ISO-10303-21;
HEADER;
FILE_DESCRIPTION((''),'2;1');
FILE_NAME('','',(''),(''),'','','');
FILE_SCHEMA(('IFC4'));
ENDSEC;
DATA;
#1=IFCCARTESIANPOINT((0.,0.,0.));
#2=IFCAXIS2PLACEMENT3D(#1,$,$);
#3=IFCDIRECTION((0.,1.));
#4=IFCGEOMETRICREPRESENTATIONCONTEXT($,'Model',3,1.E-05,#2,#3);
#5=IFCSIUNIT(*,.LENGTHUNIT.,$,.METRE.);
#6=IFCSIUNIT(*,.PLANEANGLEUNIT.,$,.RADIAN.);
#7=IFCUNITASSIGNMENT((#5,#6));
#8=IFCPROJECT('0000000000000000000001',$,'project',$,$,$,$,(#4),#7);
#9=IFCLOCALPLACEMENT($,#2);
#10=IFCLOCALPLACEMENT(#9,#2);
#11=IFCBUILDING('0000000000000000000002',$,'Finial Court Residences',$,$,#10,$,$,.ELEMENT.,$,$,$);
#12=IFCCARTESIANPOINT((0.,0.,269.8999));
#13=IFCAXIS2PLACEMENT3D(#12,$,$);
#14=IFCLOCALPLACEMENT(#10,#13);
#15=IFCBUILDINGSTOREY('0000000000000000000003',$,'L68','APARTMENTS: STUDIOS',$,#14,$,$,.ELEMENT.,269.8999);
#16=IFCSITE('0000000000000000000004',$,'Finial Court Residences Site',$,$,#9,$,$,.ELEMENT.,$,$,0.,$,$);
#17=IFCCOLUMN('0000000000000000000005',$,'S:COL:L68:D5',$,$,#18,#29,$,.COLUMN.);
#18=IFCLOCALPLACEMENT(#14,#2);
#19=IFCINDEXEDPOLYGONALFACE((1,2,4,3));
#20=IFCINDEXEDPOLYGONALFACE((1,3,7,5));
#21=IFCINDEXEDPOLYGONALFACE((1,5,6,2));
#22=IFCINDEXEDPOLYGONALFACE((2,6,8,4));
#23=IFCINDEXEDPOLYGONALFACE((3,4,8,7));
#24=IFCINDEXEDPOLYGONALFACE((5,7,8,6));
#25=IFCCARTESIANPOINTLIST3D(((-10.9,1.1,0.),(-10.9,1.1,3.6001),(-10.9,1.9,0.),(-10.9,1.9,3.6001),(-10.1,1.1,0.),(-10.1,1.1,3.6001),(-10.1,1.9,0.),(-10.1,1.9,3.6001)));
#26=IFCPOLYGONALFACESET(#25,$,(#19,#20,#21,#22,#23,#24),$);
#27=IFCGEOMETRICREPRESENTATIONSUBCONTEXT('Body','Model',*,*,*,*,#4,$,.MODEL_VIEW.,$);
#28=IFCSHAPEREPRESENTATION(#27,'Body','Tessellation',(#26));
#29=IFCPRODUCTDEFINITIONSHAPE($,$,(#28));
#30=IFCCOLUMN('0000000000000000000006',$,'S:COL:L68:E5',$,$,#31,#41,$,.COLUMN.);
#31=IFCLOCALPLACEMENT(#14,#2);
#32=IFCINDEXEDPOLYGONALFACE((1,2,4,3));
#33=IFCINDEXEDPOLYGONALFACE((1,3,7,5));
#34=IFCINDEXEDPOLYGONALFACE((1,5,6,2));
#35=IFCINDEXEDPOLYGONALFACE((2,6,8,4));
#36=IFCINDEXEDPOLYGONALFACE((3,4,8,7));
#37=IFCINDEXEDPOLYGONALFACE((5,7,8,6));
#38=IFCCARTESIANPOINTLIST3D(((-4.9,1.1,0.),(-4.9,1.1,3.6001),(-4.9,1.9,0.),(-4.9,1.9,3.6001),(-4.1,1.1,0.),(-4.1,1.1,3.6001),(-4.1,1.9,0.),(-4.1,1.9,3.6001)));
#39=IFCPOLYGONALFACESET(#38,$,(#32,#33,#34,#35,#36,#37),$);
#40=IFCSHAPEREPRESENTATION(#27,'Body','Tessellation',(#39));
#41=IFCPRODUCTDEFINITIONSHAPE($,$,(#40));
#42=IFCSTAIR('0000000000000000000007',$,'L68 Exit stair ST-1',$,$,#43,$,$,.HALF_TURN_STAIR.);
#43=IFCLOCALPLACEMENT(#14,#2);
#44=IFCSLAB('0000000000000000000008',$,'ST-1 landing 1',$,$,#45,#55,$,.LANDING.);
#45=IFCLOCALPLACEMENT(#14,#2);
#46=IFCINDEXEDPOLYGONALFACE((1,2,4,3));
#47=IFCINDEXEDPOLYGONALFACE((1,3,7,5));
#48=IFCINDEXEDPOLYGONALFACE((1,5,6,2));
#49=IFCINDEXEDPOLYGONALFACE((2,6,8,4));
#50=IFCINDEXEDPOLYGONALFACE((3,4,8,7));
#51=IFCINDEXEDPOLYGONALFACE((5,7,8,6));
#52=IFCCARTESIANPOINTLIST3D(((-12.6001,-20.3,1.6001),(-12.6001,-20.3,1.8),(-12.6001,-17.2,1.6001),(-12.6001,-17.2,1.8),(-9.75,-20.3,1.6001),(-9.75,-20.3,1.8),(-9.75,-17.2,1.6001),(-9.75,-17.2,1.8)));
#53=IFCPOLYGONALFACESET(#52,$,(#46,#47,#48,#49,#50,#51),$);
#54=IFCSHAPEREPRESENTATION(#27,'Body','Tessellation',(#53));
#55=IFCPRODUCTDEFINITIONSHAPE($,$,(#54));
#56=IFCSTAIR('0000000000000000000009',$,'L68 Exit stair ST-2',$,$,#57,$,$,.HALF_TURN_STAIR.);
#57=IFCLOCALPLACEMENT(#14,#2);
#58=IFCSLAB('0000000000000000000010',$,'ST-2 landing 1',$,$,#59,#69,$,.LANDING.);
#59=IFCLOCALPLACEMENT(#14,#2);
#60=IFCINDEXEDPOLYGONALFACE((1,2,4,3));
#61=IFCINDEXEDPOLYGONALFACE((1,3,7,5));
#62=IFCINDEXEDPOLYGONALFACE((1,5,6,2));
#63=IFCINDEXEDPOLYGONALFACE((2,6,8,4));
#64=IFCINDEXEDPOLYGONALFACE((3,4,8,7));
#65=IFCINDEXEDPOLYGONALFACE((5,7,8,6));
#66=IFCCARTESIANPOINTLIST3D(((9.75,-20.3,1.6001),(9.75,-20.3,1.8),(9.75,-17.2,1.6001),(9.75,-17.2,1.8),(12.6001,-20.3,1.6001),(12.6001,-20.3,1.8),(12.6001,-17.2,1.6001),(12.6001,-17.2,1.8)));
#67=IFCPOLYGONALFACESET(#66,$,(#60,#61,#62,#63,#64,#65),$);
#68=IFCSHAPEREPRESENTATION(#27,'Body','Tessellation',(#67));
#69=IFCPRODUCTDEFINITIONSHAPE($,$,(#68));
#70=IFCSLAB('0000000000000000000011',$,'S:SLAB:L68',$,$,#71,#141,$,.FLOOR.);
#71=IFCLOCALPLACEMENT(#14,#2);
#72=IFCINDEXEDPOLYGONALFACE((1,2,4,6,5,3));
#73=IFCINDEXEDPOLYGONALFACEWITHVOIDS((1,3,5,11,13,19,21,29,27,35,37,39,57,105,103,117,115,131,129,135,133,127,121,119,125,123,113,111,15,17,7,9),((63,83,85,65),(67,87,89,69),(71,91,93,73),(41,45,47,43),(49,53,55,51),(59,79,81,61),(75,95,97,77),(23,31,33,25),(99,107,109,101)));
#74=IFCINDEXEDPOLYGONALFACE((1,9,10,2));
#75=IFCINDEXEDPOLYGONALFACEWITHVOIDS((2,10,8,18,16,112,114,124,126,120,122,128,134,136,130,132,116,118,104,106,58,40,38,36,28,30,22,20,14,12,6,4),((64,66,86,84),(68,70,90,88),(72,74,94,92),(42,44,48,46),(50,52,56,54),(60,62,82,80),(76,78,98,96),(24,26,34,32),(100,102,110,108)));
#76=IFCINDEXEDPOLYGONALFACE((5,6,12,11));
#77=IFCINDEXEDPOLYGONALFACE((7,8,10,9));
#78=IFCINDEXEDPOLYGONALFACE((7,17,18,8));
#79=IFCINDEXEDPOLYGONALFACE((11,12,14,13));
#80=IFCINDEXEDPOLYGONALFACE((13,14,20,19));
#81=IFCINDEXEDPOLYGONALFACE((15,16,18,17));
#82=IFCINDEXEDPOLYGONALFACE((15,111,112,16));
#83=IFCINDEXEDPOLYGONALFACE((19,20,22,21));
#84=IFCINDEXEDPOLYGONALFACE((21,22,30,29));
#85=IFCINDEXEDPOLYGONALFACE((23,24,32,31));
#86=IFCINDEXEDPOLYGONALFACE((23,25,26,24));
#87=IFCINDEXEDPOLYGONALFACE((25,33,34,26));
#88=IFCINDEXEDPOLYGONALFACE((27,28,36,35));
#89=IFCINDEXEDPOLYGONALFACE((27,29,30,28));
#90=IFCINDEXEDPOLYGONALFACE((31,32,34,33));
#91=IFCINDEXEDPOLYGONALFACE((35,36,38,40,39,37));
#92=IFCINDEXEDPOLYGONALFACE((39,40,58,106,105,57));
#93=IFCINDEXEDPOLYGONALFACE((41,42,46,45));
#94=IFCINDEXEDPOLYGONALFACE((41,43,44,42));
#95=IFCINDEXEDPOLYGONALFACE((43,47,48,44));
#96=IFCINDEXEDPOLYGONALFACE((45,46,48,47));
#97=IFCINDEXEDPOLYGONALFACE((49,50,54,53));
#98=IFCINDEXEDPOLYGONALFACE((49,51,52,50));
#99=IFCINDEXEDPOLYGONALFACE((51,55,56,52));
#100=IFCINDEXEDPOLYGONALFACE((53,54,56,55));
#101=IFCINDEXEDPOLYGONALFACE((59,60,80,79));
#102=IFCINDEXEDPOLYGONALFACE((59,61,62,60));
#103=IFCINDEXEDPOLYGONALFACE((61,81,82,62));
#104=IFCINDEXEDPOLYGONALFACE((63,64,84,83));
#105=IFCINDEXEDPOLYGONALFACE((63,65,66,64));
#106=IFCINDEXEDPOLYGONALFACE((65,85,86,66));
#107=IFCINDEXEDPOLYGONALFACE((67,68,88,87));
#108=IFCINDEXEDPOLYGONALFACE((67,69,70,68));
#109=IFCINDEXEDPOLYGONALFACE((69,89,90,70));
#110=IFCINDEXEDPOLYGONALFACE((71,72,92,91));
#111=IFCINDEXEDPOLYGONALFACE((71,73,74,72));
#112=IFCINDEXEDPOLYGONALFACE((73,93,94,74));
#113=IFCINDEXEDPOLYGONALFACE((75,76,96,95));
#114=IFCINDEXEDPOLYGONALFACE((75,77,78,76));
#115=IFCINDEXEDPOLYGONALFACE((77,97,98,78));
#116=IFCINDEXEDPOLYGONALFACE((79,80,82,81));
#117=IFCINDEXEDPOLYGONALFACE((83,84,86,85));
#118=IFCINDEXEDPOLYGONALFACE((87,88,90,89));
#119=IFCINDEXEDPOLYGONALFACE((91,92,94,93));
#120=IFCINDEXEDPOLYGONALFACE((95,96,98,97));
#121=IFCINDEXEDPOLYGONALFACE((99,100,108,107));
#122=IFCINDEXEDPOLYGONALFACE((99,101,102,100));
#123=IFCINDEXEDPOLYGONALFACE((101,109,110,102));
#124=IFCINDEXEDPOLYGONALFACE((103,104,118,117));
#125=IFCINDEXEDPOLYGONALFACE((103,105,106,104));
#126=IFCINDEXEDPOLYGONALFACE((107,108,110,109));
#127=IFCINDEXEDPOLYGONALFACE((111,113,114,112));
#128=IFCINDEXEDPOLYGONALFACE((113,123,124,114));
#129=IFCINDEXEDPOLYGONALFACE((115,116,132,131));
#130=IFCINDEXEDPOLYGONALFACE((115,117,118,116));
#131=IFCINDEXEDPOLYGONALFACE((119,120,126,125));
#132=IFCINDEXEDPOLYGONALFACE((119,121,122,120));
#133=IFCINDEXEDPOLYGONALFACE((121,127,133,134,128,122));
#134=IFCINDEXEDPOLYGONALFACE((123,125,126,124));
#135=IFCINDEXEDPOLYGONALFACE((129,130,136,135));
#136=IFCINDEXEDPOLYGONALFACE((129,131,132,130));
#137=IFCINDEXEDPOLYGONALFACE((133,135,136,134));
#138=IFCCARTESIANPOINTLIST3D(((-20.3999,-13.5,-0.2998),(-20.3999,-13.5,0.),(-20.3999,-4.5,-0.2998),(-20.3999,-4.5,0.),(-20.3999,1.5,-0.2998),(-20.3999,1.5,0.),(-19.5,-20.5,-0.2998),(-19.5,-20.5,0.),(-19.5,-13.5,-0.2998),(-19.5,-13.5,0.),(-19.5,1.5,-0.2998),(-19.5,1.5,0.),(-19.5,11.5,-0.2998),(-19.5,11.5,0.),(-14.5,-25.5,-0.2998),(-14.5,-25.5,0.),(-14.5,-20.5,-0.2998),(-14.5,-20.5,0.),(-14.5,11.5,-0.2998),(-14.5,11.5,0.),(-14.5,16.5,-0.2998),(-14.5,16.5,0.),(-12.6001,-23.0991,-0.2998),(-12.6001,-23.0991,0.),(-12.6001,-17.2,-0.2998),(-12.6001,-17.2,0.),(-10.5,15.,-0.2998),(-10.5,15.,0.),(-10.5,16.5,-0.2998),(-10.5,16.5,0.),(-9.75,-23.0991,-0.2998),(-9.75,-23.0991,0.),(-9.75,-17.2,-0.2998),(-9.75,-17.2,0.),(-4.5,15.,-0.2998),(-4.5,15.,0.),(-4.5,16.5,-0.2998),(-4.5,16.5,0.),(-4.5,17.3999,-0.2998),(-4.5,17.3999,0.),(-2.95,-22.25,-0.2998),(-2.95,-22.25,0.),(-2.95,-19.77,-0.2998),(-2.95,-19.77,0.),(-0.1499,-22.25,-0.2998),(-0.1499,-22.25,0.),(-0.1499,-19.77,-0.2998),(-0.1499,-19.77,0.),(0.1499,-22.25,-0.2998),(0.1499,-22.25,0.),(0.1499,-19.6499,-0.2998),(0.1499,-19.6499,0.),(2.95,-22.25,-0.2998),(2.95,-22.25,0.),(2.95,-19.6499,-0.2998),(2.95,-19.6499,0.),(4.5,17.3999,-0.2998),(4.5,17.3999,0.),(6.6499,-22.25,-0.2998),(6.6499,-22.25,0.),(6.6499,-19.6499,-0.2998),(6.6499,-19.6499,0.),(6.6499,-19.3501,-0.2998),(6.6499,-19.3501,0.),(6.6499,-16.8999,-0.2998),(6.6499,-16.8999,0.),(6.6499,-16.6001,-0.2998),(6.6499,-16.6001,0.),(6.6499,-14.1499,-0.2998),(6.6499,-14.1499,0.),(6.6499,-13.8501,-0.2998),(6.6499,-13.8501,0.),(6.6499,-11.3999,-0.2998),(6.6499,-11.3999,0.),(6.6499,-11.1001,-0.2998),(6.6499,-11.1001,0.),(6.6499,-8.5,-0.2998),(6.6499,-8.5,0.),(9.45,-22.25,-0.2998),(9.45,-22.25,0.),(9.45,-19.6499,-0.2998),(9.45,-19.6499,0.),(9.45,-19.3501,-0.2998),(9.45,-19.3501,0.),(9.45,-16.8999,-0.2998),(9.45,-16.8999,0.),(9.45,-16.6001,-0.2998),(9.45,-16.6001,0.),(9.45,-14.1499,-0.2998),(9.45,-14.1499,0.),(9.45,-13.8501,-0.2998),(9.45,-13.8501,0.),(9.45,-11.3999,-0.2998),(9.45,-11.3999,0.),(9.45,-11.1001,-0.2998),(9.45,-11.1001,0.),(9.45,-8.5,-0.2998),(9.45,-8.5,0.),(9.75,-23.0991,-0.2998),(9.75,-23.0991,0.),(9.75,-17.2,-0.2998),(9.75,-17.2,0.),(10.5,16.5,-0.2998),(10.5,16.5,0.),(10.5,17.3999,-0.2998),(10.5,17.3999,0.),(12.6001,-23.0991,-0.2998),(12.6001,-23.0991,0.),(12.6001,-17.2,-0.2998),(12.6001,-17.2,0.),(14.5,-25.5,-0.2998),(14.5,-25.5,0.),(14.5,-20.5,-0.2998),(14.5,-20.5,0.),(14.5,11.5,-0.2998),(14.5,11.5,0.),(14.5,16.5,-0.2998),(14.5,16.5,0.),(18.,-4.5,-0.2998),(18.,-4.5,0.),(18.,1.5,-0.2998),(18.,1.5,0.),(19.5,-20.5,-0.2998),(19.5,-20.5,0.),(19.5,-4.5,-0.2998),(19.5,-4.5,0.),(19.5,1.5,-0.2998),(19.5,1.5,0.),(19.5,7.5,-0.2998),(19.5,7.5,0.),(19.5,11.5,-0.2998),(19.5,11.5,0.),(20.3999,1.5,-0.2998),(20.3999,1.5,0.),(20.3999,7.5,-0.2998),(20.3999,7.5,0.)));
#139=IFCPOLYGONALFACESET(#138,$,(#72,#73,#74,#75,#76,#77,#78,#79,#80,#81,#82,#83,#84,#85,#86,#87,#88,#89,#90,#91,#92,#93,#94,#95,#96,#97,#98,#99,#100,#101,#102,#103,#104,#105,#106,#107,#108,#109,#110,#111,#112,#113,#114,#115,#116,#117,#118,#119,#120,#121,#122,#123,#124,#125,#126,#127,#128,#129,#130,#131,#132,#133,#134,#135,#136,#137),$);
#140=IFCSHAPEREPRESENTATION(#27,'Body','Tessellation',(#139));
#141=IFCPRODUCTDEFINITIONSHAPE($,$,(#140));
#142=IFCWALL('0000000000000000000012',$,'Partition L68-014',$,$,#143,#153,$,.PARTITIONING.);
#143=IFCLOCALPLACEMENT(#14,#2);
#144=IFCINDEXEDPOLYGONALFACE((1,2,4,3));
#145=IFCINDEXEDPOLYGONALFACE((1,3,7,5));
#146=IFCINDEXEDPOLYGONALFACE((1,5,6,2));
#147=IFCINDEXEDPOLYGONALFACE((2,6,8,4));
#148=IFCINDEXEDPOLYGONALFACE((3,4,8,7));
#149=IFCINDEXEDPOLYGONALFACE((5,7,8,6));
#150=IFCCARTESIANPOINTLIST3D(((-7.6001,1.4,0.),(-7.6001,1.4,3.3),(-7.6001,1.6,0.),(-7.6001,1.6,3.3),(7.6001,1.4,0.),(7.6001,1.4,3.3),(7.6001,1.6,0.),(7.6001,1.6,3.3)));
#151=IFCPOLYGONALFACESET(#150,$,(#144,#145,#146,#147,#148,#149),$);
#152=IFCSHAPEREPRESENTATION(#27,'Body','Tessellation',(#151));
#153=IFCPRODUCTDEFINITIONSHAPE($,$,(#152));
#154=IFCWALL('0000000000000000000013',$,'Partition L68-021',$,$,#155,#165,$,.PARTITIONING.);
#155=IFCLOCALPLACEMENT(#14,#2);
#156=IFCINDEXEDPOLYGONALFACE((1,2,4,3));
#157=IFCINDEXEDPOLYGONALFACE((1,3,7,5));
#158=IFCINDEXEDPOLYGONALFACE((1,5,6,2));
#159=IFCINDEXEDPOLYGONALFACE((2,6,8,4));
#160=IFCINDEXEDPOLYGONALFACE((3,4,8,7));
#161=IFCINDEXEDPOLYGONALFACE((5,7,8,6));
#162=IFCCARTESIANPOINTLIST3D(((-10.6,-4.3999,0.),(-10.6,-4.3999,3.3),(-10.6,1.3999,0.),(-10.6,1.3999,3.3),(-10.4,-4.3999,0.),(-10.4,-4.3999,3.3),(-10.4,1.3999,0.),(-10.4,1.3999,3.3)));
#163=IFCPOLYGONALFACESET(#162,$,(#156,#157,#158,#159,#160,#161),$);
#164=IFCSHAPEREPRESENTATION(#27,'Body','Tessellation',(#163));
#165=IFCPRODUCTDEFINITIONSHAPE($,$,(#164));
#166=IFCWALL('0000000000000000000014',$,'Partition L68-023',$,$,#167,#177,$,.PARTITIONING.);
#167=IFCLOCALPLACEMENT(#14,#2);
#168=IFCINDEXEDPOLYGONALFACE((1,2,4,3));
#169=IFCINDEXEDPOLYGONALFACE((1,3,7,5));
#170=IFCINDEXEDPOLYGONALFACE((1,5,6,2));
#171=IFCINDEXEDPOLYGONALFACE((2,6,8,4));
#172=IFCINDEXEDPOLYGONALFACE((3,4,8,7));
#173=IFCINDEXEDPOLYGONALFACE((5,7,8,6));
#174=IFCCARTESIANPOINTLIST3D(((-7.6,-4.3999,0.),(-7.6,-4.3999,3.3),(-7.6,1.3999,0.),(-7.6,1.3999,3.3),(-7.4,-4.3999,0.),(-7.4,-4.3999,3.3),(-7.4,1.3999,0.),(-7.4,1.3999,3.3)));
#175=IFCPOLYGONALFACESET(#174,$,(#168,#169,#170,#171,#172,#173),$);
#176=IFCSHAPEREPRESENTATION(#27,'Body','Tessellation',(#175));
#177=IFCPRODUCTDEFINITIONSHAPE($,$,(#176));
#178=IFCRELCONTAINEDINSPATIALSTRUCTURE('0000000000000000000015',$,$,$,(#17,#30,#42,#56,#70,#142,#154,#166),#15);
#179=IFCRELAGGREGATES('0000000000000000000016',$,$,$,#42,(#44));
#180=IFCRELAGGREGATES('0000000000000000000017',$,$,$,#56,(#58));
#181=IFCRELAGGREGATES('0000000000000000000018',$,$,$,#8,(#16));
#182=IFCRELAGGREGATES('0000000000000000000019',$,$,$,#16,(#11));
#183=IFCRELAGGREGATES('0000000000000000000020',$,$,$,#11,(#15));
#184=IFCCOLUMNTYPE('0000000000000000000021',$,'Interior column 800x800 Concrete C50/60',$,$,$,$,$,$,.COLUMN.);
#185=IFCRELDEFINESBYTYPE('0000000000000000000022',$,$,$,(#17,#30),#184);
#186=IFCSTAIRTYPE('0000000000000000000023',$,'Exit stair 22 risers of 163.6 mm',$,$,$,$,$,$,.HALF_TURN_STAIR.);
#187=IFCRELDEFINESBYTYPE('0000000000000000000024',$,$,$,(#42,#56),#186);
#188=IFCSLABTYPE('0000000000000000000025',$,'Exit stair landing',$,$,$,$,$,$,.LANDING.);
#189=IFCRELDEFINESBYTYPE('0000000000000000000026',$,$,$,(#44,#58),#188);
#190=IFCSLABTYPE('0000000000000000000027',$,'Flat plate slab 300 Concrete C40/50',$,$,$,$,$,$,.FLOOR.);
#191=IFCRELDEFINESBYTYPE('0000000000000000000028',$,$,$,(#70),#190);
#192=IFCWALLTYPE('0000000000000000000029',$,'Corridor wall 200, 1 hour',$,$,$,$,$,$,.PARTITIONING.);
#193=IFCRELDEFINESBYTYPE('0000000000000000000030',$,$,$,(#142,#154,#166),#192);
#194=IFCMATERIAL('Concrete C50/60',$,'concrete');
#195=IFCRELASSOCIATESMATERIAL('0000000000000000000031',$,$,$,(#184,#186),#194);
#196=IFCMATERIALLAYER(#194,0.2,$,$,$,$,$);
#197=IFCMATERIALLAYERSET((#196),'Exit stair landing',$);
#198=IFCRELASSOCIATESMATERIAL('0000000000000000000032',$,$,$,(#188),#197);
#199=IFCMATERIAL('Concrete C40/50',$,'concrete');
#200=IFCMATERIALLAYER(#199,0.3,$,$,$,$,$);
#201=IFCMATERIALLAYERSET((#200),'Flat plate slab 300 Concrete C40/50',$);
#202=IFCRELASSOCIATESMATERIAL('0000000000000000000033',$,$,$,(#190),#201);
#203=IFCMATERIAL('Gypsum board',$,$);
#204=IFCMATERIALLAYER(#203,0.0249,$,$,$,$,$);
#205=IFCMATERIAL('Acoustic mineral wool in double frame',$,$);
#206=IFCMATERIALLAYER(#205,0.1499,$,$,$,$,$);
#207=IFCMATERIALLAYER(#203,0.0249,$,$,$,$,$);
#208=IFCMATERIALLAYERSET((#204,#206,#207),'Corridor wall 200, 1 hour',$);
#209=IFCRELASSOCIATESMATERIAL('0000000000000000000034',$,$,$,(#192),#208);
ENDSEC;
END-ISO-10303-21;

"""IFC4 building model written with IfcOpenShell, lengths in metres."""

from ifc_helpers import new_model, si_unit, direction, frame, frame_2d, origin, origin_2d, place, context, subcontext, project, spatial, polyline, rectangle, outline, extrude, material, layer, layer_set, material_profile, profile_set, type_object, element, aggregate, save


model = new_model("IFC4")

# Units and contexts
model_context = context("Model", 3, precision=1e-05, world=origin(), true_north=direction((0.0, 1.0)))
body_context = subcontext(model_context, "Body", "Model", "MODEL_VIEW")
ifc_project = project(units=[si_unit("LENGTHUNIT", "METRE"), si_unit("PLANEANGLEUNIT", "RADIAN")], contexts=[model_context])

# Site, building, storey
site_placement = place(None, origin())
site = spatial("IfcSite", under=ifc_project, at=site_placement, Name="Finial Court Residences Site", CompositionType="ELEMENT", RefElevation=0.0)
building_placement = place(site_placement, origin())
building = spatial("IfcBuilding", under=site, at=building_placement, Name="Finial Court Residences", CompositionType="ELEMENT")
storey_placement = place(building_placement, frame((0.0, 0.0, 269.8999)))
storey = spatial("IfcBuildingStorey", under=building, at=storey_placement, Name="L68", Description="APARTMENTS: STUDIOS", CompositionType="ELEMENT", Elevation=269.8999)

# Columns
ifc_material_1 = material(Name="Concrete C50/60", Category="concrete")
ifc_material_profile = material_profile(ifc_material_1, rectangle(XDim=0.8, YDim=0.8, at=origin_2d()), Name="800x800")
ifc_profile_set = profile_set([ifc_material_profile], Name="Concrete C50/60")
column_type = type_object("IfcColumnType", Name="Interior column 800x800 Concrete C50/60", PredefinedType="COLUMN", material=ifc_profile_set)
for number, where, z_axis, x_axis, name in (
    (1, (-10.5, 1.5, 0.0), (0.0, 0.0, 1.0), (1.0, 0.0, 0.0), "S:COL:L68:D5"),
    (2, (-4.5, 1.5, 0.0), (0.0, 0.0, 1.0), (1.0, 0.0, 0.0), "S:COL:L68:E5"),
):
    element("IfcColumn", number, at=place(storey_placement, frame(where, z_axis=z_axis, x_axis=x_axis)), inside=storey, type_object=column_type, Name=name, PredefinedType="COLUMN", context=body_context, shape_type="SweptSolid", body=[
        extrude(rectangle(XDim=0.8, YDim=0.8, at=origin_2d()), origin(), (0.0, 0.0, 1.0), 3.6001),
    ])

# Stairs, slabs
stair_type = type_object("IfcStairType", Name="Exit stair 22 risers of 163.6 mm", PredefinedType="HALF_TURN_STAIR", material=ifc_material_1)
stair_1_placement = place(storey_placement, origin())
stair_1 = element("IfcStair", 3, at=stair_1_placement, inside=storey, type_object=stair_type, Name="L68 Exit stair ST-1", PredefinedType="HALF_TURN_STAIR")
ifc_layer_1 = layer(ifc_material_1, 0.2)
ifc_layer_set_1 = layer_set([ifc_layer_1], Name="Exit stair landing")
slab_type_1 = type_object("IfcSlabType", Name="Exit stair landing", PredefinedType="LANDING", material=ifc_layer_set_1)
slab_1_placement = place(storey_placement, frame((0.0, 0.0, 1.6001)))
slab_1 = element("IfcSlab", 4, at=slab_1_placement, type_object=slab_type_1, Name="ST-1 landing 1", PredefinedType="LANDING", context=body_context, shape_type="SweptSolid", body=[
    extrude(outline(polyline([(-9.75, -20.3), (-9.75, -17.2), (-12.6001, -17.2), (-12.6001, -20.3), (-9.75, -20.3)])), origin(), (0.0, 0.0, 1.0), 0.2),
])
aggregate(stair_1, [slab_1])
stair_2_placement = place(storey_placement, origin())
stair_2 = element("IfcStair", 5, at=stair_2_placement, inside=storey, type_object=stair_type, Name="L68 Exit stair ST-2", PredefinedType="HALF_TURN_STAIR")
slab_2_placement = place(storey_placement, frame((0.0, 0.0, 1.6001)))
slab_2 = element("IfcSlab", 6, at=slab_2_placement, type_object=slab_type_1, Name="ST-2 landing 1", PredefinedType="LANDING", context=body_context, shape_type="SweptSolid", body=[
    extrude(outline(polyline([(12.6001, -20.3), (12.6001, -17.2), (9.75, -17.2), (9.75, -20.3), (12.6001, -20.3)])), origin(), (0.0, 0.0, 1.0), 0.2),
])
aggregate(stair_2, [slab_2])

# Slab
ifc_material_2 = material(Name="Concrete C40/50", Category="concrete")
ifc_layer_2 = layer(ifc_material_2, 0.3)
ifc_layer_set_2 = layer_set([ifc_layer_2], Name="Flat plate slab 300 Concrete C40/50")
slab_type_2 = type_object("IfcSlabType", Name="Flat plate slab 300 Concrete C40/50", PredefinedType="FLOOR", material=ifc_layer_set_2)
slab_3_placement = place(storey_placement, frame((0.0, 0.0, -0.2998)))
element("IfcSlab", 7, at=slab_3_placement, inside=storey, type_object=slab_type_2, Name="S:SLAB:L68", PredefinedType="FLOOR", context=body_context, shape_type="SweptSolid", body=[
    extrude(outline(polyline([(-20.3999, -13.5), (-20.3999, -4.5), (-20.3999, 1.5), (-19.5, 1.5), (-19.5, 11.5), (-14.5, 11.5), (-14.5, 16.5), (-10.5, 16.5), (-10.5, 15.0), (-4.5, 15.0), (-4.5, 16.5), (-4.5, 17.3999), (4.5, 17.3999), (10.5, 17.3999), (10.5, 16.5), (14.5, 16.5), (14.5, 11.5), (19.5, 11.5), (19.5, 7.5), (20.3999, 7.5), (20.3999, 1.5), (19.5, 1.5), (18.0, 1.5), (18.0, -4.5), (19.5, -4.5), (19.5, -20.5), (14.5, -20.5), (14.5, -25.5), (-14.5, -25.5), (-14.5, -20.5), (-19.5, -20.5), (-19.5, -13.5), (-20.3999, -13.5)]), holes=[polyline([(-0.1499, -19.77), (-2.95, -19.77), (-2.95, -22.25), (-0.1499, -22.25), (-0.1499, -19.77)]), polyline([(2.95, -19.6499), (0.1499, -19.6499), (0.1499, -22.25), (2.95, -22.25), (2.95, -19.6499)]), polyline([(9.45, -19.6499), (6.6499, -19.6499), (6.6499, -22.25), (9.45, -22.25), (9.45, -19.6499)]), polyline([(-12.6001, -17.2), (-12.6001, -23.0991), (-9.75, -23.0991), (-9.75, -17.2), (-12.6001, -17.2)]), polyline([(9.75, -17.2), (9.75, -23.0991), (12.6001, -23.0991), (12.6001, -17.2), (9.75, -17.2)]), polyline([(9.45, -16.8999), (6.6499, -16.8999), (6.6499, -19.3501), (9.45, -19.3501), (9.45, -16.8999)]), polyline([(9.45, -14.1499), (6.6499, -14.1499), (6.6499, -16.6001), (9.45, -16.6001), (9.45, -14.1499)]), polyline([(9.45, -13.8501), (9.45, -11.3999), (6.6499, -11.3999), (6.6499, -13.8501), (9.45, -13.8501)]), polyline([(9.45, -11.1001), (9.45, -8.5), (6.6499, -8.5), (6.6499, -11.1001), (9.45, -11.1001)])]), origin(), (0.0, 0.0, 1.0), 0.2998),
])

# Walls
ifc_material_3 = material(Name="Gypsum board")
ifc_layer_3 = layer(ifc_material_3, 0.0249)
ifc_material_4 = material(Name="Acoustic mineral wool in double frame")
ifc_layer_4 = layer(ifc_material_4, 0.1499)
ifc_layer_5 = layer(ifc_material_3, 0.0249)
ifc_layer_set_3 = layer_set([ifc_layer_3, ifc_layer_4, ifc_layer_5], Name="Corridor wall 200, 1 hour")
wall_type_1 = type_object("IfcWallType", Name="Corridor wall 200, 1 hour", PredefinedType="PARTITIONING", material=ifc_layer_set_3)
wall_1_placement = place(storey_placement, frame((-7.6001, 1.5, 0.0), z_axis=(0.0, 0.0, 1.0), x_axis=(1.0, 0.0, 0.0)))
element("IfcWall", 8, at=wall_1_placement, inside=storey, type_object=wall_type_1, Name="Partition L68-014", PredefinedType="PARTITIONING", context=body_context, shape_type="SweptSolid", body=[
    extrude(rectangle(XDim=15.2002, YDim=0.2, at=frame_2d((7.6001, 0.0))), origin(), (0.0, 0.0, 1.0), 3.3),
])
for number, where, z_axis, x_axis, name in (
    (9, (-10.5, -4.3999, 0.0), (0.0, 0.0, 1.0), (0.0, 1.0, 0.0), "Partition L68-021"),
    (10, (-7.5, -4.3999, 0.0), (0.0, 0.0, 1.0), (0.0, 1.0, 0.0), "Partition L68-023"),
):
    element("IfcWall", number, at=place(storey_placement, frame(where, z_axis=z_axis, x_axis=x_axis)), inside=storey, type_object=wall_type_1, Name=name, PredefinedType="PARTITIONING", context=body_context, shape_type="SweptSolid", body=[
        extrude(rectangle(XDim=5.7998, YDim=0.2, at=frame_2d((2.8999, 0.0))), origin(), (0.0, 0.0, 1.0), 3.3),
    ])

save(model, "model.ifc")
